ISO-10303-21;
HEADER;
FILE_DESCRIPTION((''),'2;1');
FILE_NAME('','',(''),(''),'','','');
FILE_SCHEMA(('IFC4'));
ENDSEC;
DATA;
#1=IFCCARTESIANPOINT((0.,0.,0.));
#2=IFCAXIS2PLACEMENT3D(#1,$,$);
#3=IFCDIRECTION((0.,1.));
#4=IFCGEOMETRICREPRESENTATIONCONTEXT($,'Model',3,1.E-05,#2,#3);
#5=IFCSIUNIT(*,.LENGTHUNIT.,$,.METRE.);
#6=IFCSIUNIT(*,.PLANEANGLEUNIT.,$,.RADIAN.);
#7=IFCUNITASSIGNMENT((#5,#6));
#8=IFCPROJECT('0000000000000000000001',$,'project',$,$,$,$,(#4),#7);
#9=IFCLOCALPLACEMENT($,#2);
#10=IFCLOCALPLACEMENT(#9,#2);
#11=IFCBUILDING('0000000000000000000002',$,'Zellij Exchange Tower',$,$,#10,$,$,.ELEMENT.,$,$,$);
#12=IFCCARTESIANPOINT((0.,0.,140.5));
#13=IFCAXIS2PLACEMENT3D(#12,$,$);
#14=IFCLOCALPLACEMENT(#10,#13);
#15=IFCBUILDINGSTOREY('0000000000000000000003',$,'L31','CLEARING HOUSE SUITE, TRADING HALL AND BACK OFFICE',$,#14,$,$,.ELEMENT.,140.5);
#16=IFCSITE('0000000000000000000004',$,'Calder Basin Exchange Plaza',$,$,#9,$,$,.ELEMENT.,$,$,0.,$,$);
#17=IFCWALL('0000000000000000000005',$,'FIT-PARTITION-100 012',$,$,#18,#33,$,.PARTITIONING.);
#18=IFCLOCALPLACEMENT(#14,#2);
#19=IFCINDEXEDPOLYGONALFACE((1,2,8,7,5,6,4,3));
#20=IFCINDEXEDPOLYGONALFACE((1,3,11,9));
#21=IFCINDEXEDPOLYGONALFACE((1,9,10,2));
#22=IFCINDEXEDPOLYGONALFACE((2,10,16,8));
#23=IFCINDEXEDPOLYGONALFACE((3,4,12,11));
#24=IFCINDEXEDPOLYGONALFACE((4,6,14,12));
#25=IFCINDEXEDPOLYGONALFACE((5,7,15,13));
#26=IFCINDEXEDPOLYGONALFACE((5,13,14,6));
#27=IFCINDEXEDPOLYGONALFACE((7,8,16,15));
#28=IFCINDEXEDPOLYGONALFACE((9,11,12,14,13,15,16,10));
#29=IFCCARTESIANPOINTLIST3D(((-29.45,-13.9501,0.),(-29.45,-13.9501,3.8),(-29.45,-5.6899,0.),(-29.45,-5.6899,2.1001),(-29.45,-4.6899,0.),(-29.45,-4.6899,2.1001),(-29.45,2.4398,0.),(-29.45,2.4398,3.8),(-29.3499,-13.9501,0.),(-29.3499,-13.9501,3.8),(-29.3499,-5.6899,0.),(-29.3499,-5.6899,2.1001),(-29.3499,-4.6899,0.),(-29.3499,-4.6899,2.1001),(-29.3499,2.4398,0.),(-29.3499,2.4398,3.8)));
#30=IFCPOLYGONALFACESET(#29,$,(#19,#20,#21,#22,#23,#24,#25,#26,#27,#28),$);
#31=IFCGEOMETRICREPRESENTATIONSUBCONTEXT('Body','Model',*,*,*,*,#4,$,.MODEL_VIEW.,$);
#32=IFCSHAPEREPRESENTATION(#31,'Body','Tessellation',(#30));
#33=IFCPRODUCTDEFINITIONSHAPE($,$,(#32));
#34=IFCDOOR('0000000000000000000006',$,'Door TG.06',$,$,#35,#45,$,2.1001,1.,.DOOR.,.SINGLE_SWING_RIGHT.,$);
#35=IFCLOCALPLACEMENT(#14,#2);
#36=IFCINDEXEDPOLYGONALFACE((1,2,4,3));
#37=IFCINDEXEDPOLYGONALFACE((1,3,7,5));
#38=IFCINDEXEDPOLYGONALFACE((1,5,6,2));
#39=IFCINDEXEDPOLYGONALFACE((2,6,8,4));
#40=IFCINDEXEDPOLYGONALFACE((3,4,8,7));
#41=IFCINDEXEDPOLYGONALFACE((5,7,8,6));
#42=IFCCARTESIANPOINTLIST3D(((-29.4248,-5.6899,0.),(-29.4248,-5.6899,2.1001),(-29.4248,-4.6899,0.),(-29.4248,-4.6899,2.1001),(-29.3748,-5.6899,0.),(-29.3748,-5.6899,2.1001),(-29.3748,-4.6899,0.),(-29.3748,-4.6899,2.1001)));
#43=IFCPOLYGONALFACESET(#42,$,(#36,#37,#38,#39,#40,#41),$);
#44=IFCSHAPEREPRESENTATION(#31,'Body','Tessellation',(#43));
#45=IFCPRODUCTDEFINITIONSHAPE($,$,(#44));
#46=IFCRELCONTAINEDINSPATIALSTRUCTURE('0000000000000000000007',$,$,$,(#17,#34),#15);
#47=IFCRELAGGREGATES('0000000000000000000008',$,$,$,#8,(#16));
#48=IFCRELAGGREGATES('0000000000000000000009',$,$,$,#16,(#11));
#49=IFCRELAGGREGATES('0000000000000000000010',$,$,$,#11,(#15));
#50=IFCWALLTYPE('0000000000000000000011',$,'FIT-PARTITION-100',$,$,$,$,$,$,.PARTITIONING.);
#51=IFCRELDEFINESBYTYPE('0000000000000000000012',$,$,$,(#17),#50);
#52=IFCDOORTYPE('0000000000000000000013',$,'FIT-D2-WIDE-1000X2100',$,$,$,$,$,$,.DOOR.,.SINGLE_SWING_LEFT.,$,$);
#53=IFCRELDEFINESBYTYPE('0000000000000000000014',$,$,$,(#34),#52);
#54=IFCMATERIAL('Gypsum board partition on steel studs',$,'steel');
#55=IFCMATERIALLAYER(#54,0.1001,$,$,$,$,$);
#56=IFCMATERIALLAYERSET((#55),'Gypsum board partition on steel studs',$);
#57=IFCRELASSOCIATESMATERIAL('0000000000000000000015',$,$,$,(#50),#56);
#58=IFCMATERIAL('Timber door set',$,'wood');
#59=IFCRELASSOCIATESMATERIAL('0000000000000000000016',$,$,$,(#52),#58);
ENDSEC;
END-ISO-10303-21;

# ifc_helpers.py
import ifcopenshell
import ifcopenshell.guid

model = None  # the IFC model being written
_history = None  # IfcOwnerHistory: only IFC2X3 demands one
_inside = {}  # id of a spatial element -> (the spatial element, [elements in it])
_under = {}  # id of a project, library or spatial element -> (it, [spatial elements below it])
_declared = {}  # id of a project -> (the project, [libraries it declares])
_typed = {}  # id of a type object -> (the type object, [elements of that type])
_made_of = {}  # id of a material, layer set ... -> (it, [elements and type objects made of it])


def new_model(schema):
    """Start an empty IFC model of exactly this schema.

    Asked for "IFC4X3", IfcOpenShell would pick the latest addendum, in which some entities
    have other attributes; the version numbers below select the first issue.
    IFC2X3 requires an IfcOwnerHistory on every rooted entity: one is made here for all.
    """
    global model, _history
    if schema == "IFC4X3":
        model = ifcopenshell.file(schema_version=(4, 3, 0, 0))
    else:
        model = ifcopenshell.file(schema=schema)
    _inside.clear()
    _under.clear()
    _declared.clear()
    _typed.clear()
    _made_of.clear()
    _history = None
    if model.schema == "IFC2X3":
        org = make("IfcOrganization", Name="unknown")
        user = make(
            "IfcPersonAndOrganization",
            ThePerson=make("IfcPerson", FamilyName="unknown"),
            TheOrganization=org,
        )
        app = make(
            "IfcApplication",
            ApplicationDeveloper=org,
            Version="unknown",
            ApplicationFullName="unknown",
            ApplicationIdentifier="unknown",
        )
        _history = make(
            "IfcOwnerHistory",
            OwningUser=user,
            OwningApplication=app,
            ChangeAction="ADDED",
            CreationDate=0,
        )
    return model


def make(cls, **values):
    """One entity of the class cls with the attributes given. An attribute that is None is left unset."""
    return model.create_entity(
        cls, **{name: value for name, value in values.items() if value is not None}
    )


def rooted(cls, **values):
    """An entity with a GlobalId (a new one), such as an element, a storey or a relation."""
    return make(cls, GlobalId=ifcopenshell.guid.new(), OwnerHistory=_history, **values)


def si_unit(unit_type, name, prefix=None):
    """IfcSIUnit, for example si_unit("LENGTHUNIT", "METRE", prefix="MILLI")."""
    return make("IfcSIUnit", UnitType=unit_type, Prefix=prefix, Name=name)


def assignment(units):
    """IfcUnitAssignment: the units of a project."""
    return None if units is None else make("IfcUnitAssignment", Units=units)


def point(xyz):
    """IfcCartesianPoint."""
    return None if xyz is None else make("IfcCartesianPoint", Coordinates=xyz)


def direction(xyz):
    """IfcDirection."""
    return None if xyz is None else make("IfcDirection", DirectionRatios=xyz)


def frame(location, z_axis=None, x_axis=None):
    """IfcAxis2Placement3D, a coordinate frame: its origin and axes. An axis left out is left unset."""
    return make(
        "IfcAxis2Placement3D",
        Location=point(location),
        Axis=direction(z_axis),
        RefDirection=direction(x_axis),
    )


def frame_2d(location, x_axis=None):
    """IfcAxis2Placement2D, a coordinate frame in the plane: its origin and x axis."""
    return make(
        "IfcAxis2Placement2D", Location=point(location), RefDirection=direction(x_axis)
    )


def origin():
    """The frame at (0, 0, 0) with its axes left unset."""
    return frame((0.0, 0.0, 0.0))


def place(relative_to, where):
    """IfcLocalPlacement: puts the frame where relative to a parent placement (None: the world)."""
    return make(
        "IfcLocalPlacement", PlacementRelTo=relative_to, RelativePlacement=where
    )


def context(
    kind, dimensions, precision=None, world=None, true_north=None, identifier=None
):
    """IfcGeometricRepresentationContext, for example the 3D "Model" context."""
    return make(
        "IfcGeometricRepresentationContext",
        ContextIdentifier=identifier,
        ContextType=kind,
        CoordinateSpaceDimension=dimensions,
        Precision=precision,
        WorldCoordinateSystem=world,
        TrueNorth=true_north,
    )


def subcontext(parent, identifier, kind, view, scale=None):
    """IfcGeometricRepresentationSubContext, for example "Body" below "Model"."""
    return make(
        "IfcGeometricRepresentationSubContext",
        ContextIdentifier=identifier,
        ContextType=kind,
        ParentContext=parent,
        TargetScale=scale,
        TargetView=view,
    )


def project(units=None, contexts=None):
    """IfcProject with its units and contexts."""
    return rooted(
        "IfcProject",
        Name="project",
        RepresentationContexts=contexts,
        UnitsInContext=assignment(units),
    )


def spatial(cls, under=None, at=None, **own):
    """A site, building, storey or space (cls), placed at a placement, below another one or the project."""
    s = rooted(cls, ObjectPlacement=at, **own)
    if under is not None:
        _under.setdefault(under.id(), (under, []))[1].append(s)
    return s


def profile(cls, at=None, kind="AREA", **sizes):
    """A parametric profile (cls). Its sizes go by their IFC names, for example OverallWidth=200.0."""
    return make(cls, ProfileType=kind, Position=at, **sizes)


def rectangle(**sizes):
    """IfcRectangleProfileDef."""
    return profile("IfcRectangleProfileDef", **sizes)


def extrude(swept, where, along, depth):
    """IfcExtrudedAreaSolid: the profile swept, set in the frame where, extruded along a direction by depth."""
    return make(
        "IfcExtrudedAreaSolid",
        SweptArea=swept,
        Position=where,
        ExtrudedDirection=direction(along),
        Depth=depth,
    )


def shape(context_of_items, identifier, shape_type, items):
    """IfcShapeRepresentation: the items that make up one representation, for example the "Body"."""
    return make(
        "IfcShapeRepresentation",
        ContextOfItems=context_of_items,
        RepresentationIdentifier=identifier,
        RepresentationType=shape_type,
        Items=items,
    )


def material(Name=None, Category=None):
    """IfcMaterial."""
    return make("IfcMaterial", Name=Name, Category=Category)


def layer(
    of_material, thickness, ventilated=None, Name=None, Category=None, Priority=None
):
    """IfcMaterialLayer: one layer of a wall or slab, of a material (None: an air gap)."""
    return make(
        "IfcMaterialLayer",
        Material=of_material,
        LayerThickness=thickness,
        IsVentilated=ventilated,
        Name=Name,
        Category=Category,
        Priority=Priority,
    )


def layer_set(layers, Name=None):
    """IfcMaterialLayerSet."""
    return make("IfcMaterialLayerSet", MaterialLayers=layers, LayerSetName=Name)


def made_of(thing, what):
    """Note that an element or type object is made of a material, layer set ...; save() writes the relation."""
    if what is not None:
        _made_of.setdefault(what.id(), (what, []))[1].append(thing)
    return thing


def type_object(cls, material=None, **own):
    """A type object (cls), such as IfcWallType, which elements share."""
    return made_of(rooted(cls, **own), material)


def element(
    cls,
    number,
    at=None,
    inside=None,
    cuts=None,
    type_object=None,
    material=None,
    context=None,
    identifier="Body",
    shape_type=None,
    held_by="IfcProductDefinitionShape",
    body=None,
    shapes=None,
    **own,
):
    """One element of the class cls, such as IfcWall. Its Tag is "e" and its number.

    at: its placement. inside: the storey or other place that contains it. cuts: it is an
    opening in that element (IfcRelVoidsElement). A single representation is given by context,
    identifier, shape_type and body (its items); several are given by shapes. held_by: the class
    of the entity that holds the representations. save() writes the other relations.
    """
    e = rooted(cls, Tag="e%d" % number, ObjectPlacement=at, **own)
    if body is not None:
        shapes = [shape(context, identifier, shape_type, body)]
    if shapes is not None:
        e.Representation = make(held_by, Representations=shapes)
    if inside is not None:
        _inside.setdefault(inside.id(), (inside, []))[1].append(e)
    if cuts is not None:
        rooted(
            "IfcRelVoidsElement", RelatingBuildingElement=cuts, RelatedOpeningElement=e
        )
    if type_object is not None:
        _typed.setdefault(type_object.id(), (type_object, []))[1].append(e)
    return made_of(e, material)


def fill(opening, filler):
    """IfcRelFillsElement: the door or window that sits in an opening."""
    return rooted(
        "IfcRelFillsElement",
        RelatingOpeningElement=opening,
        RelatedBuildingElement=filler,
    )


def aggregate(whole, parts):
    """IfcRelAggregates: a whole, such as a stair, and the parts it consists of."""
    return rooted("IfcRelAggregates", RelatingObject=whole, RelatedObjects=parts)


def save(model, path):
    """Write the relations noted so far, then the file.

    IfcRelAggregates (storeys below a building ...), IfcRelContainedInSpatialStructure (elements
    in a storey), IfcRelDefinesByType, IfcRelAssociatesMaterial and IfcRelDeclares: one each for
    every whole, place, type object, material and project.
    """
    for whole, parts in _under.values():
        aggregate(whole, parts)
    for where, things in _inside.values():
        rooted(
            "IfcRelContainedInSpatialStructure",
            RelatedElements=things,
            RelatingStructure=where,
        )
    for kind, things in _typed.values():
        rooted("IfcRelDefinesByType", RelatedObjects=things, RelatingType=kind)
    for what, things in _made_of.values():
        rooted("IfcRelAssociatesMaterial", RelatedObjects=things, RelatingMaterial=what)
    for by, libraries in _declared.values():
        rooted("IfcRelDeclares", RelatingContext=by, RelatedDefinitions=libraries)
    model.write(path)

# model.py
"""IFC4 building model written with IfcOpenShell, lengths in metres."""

from ifc_helpers import new_model, si_unit, direction, frame, frame_2d, origin, place, context, subcontext, project, spatial, rectangle, extrude, material, layer, layer_set, type_object, element, fill, save


model = new_model("IFC4")

# Units and contexts
model_context = context("Model", 3, precision=1e-05, world=origin(), true_north=direction((0.0, 1.0)))
body_context = subcontext(model_context, "Body", "Model", "MODEL_VIEW")
ifc_project = project(units=[si_unit("LENGTHUNIT", "METRE"), si_unit("PLANEANGLEUNIT", "RADIAN")], contexts=[model_context])

# Site, building, storey
site_placement = place(None, origin())
site = spatial("IfcSite", under=ifc_project, at=site_placement, Name="Calder Basin Exchange Plaza", CompositionType="ELEMENT", RefElevation=0.0)
building_placement = place(site_placement, origin())
building = spatial("IfcBuilding", under=site, at=building_placement, Name="Zellij Exchange Tower", CompositionType="ELEMENT")
storey_placement = place(building_placement, frame((0.0, 0.0, 140.5)))
storey = spatial("IfcBuildingStorey", under=building, at=storey_placement, Name="L31", Description="CLEARING HOUSE SUITE, TRADING HALL AND BACK OFFICE", CompositionType="ELEMENT", Elevation=140.5)

# Shared definitions
ifc_material_1 = material(Name="Gypsum board partition on steel studs", Category="steel")
ifc_layer_1 = layer(ifc_material_1, 0.1001)
ifc_layer_set_1 = layer_set([ifc_layer_1], Name="Gypsum board partition on steel studs")
wall_type_1 = type_object("IfcWallType", Name="FIT-PARTITION-100", PredefinedType="PARTITIONING", material=ifc_layer_set_1)

# Wall, opening, door
wall_1_placement = place(storey_placement, frame((-29.3999, -13.95, 0.0), z_axis=(0.0, 0.0, 1.0), x_axis=(0.0, 1.0, 0.0)))
wall_1 = element("IfcWall", 1, at=wall_1_placement, inside=storey, type_object=wall_type_1, Name="FIT-PARTITION-100 012", PredefinedType="PARTITIONING", context=body_context, shape_type="SweptSolid", body=[
    extrude(rectangle(XDim=16.3899, YDim=0.1001, at=frame_2d((8.1948, 0.0))), origin(), (0.0, 0.0, 1.0), 3.8),
])
opening_placement = place(wall_1_placement, frame((8.26, 0.0, 0.0)))
opening = element("IfcOpeningElement", 2, at=opening_placement, cuts=wall_1, PredefinedType="OPENING", context=body_context, shape_type="SweptSolid", body=[
    extrude(rectangle(XDim=1.0, YDim=2.1001, at=frame_2d((0.5, 1.05))), frame((0.0, 0.062, 0.0), z_axis=(0.0, -1.0, 0.0), x_axis=(1.0, 0.0, 0.0)), (0.0, 0.0, 1.0), 0.124),
])
ifc_material_2 = material(Name="Timber door set", Category="wood")
door_type = type_object("IfcDoorType", Name="FIT-D2-WIDE-1000X2100", OperationType="SINGLE_SWING_LEFT", PredefinedType="DOOR", material=ifc_material_2)
door_placement = place(opening_placement, origin())
door = element("IfcDoor", 3, at=door_placement, inside=storey, type_object=door_type, Name="Door TG.06", OperationType="SINGLE_SWING_RIGHT", OverallHeight=2.1001, OverallWidth=1.0, PredefinedType="DOOR", context=body_context, shape_type="SweptSolid", body=[
    extrude(rectangle(XDim=1.0, YDim=2.1001, at=frame_2d((0.5, 1.05))), frame((0.0, 0.0249, 0.0), z_axis=(0.0, -1.0, 0.0), x_axis=(1.0, 0.0, 0.0)), (0.0, 0.0, 1.0), 0.05),
])
fill(opening, door)

save(model, "model.ifc")
